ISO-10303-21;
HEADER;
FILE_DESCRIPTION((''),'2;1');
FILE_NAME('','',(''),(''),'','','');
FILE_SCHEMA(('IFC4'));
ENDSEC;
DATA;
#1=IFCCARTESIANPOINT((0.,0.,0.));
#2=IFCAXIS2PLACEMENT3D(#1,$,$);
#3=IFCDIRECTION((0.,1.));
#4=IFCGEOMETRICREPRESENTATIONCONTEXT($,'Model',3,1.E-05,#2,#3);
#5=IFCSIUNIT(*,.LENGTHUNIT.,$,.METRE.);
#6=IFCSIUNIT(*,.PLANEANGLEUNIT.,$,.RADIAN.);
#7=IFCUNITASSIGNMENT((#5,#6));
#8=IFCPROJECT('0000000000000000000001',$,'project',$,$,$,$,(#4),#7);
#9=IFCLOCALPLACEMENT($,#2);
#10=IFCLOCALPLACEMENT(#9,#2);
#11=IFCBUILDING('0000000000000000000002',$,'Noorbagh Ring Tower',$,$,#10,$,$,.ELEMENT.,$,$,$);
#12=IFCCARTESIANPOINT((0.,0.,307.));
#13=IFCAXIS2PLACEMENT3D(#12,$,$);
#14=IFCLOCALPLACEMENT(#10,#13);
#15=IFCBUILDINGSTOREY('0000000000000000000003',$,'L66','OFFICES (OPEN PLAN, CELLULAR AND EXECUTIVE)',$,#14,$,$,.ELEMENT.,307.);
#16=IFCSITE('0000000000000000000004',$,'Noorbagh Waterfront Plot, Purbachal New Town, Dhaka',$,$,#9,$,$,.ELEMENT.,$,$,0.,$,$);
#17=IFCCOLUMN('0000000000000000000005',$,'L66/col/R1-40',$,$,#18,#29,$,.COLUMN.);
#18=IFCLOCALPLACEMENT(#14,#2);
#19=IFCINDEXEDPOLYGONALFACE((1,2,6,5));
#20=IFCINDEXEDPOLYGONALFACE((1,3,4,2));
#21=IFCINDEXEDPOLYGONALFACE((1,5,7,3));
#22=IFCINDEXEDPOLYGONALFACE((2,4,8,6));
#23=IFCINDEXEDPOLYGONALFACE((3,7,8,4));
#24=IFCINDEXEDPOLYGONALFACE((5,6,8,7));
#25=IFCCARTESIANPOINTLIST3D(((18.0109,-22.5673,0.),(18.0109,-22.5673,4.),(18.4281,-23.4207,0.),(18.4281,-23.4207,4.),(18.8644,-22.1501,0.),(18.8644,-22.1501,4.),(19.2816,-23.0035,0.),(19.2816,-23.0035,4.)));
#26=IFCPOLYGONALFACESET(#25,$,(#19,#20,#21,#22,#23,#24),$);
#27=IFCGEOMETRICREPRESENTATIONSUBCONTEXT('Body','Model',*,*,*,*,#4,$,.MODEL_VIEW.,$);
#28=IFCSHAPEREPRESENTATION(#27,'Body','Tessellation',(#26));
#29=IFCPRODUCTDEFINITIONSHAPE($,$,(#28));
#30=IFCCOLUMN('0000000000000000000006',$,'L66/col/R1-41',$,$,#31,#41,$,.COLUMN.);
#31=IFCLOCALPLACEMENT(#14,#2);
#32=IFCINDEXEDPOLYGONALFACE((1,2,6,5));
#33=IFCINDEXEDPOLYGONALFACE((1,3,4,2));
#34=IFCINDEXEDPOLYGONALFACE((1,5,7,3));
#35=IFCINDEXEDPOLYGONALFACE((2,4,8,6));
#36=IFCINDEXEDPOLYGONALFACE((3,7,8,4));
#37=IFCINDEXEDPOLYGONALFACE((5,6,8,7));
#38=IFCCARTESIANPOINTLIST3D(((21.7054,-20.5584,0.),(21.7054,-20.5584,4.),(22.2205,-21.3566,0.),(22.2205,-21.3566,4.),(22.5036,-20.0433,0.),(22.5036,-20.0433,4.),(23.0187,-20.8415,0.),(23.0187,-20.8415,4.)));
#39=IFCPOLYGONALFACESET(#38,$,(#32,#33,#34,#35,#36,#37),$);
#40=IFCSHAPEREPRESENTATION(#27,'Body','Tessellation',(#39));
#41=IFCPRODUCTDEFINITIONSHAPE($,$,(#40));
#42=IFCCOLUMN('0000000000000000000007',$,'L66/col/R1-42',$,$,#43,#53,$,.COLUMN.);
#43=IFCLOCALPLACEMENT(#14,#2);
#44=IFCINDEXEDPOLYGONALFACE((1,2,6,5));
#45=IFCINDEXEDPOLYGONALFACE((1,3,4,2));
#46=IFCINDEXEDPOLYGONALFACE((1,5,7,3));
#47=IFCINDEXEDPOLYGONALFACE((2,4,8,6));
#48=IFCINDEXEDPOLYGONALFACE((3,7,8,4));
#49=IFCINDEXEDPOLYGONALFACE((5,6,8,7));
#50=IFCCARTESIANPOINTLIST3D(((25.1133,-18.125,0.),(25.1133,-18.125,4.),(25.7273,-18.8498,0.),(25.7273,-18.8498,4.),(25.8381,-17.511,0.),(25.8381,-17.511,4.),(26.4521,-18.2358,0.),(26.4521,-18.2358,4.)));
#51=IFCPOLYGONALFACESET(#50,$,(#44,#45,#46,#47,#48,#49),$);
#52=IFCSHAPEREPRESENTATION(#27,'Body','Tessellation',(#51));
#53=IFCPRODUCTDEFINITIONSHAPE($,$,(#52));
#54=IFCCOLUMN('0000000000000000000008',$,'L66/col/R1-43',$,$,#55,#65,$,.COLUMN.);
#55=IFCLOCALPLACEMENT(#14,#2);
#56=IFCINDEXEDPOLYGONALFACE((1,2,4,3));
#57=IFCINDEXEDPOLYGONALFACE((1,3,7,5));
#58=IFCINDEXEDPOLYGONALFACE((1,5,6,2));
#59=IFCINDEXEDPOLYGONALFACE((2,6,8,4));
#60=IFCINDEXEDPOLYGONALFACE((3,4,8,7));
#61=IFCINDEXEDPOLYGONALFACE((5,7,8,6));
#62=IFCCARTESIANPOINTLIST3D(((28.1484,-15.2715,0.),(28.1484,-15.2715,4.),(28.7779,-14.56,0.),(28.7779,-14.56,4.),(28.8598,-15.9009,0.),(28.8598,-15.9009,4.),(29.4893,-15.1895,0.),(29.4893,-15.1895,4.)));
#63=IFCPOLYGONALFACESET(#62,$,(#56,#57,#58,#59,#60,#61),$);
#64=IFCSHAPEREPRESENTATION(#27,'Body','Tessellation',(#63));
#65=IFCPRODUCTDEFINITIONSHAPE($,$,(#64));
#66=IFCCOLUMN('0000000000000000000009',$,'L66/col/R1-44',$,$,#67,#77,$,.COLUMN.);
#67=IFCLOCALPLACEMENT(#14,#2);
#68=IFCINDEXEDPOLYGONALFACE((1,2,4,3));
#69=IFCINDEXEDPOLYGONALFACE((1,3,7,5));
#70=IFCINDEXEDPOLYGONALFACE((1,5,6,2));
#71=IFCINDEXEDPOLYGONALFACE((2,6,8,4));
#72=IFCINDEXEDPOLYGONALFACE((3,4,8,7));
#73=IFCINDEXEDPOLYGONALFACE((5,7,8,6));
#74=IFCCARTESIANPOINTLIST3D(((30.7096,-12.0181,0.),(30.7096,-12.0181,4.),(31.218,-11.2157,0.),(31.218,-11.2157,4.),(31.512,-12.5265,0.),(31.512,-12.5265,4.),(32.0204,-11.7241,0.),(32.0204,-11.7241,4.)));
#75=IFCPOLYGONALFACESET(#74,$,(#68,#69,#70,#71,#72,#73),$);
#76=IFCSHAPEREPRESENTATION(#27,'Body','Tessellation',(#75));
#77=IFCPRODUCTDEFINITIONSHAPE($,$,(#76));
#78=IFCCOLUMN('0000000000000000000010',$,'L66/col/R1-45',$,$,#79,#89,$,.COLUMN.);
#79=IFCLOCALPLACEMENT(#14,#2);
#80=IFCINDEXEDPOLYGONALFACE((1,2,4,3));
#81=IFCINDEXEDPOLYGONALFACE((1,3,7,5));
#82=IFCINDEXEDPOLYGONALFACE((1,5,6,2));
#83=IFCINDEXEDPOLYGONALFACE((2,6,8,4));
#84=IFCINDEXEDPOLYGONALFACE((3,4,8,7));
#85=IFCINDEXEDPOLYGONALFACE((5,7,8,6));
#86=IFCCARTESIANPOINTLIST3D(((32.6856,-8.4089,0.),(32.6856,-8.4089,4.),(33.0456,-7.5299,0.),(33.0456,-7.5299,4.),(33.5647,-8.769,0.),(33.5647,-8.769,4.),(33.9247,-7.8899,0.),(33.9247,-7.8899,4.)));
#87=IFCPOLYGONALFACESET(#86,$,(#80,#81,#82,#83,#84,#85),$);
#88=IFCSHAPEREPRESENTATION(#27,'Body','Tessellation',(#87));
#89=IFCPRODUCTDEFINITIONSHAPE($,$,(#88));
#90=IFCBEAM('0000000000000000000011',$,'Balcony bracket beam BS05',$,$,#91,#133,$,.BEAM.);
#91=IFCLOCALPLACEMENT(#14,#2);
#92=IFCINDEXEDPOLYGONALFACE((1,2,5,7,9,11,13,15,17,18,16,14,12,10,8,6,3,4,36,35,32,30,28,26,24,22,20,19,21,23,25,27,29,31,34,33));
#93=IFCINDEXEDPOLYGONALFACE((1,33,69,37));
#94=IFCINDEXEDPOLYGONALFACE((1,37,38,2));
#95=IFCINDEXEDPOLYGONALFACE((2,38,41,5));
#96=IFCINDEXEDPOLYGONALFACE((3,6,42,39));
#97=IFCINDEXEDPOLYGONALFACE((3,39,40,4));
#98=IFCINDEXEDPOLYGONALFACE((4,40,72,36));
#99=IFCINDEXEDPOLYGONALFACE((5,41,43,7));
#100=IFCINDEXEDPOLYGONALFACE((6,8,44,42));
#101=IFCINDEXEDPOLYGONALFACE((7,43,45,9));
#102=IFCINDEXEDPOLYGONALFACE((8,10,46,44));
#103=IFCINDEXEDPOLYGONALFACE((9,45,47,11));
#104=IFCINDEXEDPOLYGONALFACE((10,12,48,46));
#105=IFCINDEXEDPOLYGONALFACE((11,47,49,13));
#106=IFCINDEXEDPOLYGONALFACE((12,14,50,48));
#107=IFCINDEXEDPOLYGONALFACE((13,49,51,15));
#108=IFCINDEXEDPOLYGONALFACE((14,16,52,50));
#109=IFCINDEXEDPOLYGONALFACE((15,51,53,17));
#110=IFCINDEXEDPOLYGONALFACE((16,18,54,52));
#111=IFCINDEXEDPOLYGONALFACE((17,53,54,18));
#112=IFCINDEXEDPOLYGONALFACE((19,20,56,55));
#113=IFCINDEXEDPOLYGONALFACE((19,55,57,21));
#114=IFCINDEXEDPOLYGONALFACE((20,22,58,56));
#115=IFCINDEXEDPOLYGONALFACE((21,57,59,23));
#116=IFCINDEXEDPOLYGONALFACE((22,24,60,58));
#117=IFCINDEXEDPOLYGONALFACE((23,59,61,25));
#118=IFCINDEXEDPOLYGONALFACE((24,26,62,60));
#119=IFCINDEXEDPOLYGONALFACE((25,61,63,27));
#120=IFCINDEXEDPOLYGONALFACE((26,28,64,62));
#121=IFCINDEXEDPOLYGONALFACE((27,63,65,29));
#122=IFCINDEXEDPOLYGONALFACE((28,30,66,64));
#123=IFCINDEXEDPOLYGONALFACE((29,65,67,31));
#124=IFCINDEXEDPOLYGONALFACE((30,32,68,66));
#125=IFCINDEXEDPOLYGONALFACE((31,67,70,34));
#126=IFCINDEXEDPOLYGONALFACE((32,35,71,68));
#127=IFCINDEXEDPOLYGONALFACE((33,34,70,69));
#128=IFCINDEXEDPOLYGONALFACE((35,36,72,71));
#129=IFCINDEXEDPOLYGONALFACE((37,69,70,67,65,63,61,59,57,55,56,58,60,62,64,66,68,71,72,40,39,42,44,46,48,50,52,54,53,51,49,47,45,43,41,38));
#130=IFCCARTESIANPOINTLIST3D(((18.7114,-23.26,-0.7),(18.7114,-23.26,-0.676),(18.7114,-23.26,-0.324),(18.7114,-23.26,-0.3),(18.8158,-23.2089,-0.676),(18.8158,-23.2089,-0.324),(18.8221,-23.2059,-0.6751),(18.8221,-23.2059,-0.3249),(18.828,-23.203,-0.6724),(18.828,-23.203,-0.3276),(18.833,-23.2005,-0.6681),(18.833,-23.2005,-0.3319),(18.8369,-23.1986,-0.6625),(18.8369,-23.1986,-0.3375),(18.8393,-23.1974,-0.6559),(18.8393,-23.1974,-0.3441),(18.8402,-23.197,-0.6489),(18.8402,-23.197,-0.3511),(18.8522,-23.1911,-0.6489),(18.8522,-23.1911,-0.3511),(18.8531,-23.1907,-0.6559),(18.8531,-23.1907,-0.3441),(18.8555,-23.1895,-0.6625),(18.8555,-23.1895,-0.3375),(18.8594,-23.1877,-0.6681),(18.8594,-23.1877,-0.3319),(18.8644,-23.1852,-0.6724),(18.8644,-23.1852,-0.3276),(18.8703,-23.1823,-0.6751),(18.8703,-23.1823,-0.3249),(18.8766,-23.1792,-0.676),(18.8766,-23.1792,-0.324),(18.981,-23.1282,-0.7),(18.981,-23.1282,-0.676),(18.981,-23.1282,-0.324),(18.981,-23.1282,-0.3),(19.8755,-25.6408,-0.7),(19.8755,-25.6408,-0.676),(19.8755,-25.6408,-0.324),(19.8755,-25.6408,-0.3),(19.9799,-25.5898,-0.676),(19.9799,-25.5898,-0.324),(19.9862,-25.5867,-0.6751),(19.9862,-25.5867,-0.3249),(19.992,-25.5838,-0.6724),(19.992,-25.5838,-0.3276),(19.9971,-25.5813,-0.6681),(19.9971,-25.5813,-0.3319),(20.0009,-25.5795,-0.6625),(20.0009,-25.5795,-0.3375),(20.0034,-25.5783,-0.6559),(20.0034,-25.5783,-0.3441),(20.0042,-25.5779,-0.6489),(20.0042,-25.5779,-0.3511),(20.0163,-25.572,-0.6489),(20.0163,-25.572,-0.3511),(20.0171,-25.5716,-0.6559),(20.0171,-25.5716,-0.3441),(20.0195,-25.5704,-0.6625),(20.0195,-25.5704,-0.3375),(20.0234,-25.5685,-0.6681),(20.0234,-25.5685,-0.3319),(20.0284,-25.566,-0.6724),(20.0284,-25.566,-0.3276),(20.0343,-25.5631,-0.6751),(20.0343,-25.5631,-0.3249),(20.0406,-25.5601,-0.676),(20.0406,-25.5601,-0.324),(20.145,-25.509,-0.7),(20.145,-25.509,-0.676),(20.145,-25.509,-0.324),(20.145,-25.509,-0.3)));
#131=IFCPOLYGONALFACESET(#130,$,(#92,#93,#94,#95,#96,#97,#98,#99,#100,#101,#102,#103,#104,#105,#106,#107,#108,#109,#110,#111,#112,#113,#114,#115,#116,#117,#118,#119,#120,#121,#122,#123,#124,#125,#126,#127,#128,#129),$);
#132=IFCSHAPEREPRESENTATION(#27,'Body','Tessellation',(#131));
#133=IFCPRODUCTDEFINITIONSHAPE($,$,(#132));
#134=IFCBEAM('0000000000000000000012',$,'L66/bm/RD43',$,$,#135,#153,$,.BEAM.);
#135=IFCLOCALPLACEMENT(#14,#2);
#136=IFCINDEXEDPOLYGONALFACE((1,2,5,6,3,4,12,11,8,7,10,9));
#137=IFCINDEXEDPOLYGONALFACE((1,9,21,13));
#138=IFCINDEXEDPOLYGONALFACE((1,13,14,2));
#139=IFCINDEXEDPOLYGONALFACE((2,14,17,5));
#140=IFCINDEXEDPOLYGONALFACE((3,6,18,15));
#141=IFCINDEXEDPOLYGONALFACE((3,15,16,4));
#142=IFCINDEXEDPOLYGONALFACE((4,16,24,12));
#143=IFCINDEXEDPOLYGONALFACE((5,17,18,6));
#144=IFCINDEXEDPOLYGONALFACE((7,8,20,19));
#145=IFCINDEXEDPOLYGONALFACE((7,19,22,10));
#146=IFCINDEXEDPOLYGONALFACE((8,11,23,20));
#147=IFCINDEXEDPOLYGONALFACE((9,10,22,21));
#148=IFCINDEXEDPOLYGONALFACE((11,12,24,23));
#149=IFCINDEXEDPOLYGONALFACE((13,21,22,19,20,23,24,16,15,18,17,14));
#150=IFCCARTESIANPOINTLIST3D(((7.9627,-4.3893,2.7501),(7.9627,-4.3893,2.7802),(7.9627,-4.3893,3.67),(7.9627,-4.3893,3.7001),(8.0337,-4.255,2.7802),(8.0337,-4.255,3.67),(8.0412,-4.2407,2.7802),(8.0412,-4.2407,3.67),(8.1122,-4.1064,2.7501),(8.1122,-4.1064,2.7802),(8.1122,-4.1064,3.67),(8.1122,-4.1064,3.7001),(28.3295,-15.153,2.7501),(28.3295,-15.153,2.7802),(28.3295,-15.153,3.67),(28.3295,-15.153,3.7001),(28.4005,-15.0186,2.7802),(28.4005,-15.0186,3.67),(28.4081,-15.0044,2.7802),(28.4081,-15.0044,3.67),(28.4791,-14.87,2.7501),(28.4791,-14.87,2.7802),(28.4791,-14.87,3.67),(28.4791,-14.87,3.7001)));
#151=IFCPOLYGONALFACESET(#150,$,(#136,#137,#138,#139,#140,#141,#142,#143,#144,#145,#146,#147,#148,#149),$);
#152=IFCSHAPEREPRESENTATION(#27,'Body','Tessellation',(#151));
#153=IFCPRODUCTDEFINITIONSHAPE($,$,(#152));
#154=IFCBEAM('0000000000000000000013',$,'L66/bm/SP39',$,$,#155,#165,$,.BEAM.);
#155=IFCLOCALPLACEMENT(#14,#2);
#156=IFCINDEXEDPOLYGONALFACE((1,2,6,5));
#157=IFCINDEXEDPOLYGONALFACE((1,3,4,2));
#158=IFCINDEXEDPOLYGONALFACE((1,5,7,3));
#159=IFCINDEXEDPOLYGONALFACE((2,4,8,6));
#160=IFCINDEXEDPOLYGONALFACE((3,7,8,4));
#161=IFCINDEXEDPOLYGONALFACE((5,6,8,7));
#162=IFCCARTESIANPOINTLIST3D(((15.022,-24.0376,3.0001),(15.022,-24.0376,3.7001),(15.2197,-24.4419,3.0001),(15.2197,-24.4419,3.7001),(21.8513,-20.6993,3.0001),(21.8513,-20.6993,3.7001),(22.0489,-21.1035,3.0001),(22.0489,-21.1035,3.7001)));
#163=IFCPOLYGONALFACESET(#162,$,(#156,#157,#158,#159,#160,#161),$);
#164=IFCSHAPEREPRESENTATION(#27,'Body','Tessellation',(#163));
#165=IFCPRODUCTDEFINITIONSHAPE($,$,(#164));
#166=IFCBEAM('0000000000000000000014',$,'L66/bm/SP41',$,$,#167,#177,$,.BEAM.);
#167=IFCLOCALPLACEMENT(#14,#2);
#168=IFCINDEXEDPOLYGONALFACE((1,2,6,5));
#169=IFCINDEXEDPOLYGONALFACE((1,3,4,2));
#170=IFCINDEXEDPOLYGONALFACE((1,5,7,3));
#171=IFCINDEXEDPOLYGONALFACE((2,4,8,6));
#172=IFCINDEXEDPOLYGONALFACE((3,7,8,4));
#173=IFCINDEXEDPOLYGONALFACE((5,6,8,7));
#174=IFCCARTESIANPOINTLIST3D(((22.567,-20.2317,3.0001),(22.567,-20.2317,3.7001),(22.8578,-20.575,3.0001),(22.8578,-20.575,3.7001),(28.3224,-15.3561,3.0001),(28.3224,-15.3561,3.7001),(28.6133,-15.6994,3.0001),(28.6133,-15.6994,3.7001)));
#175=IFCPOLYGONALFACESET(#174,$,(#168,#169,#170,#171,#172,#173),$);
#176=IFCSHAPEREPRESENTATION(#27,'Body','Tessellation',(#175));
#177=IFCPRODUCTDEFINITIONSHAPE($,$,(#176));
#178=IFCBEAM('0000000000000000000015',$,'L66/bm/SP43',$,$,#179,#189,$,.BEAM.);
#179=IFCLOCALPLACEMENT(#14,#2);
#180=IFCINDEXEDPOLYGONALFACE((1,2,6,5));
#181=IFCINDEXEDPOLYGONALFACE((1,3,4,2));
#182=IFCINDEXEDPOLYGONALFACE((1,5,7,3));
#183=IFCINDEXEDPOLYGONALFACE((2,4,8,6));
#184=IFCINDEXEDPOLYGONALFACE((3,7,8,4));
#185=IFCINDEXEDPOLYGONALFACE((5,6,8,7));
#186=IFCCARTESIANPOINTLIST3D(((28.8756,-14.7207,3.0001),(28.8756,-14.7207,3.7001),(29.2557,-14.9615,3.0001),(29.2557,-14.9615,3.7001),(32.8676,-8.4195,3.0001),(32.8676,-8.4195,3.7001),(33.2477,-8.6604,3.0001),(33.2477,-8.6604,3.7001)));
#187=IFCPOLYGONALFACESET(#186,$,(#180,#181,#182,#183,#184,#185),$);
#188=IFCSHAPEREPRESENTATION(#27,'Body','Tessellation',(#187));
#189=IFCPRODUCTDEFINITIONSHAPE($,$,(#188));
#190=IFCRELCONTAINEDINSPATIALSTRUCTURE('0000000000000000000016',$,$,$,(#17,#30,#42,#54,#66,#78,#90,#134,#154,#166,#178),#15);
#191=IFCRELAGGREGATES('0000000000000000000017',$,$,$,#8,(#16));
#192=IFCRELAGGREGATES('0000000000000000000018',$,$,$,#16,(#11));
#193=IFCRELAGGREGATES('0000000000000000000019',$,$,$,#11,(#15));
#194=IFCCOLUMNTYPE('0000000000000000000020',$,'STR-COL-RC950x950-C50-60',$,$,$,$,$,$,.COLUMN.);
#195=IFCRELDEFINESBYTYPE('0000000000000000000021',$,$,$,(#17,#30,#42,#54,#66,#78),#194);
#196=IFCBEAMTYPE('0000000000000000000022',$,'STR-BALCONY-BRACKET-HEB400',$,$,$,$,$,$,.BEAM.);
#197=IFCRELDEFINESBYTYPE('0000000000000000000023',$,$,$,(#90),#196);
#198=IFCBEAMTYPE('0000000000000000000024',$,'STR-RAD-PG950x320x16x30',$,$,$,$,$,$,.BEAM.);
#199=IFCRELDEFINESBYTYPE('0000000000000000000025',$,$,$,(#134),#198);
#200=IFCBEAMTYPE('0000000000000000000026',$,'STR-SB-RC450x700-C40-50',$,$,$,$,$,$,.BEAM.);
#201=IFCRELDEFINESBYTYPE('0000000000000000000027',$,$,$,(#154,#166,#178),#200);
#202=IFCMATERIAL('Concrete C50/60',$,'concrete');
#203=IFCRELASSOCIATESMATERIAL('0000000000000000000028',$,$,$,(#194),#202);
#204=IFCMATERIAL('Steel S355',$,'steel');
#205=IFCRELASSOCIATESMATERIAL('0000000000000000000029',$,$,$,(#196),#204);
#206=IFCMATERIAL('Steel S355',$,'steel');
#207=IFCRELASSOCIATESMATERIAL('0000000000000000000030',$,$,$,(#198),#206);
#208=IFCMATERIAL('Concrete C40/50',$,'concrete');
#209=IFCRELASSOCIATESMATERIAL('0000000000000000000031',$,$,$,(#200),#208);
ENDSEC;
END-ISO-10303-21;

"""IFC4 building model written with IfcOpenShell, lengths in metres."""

from ifc_helpers import new_model, si_unit, direction, frame, origin, origin_2d, place, context, subcontext, project, spatial, rectangle, i_section, extrude, material, material_profile, profile_set, type_object, element, save


model = new_model("IFC4")

# Units and contexts
model_context = context("Model", 3, precision=1e-05, world=origin(), true_north=direction((0.0, 1.0)))
body_context = subcontext(model_context, "Body", "Model", "MODEL_VIEW")
ifc_project = project(units=[si_unit("LENGTHUNIT", "METRE"), si_unit("PLANEANGLEUNIT", "RADIAN")], contexts=[model_context])

# Site, building, storey
site_placement = place(None, origin())
site = spatial("IfcSite", under=ifc_project, at=site_placement, Name="Noorbagh Waterfront Plot, Purbachal New Town, Dhaka", CompositionType="ELEMENT", RefElevation=0.0)
building_placement = place(site_placement, origin())
building = spatial("IfcBuilding", under=site, at=building_placement, Name="Noorbagh Ring Tower", CompositionType="ELEMENT")
storey_placement = place(building_placement, frame((0.0, 0.0, 307.0)))
storey = spatial("IfcBuildingStorey", under=building, at=storey_placement, Name="L66", Description="OFFICES (OPEN PLAN, CELLULAR AND EXECUTIVE)", CompositionType="ELEMENT", Elevation=307.0)

# Columns
ifc_material_1 = material(Name="Concrete C50/60", Category="concrete")
ifc_material_profile_1 = material_profile(ifc_material_1, rectangle(XDim=0.95, YDim=0.95, at=origin_2d()), Name="RC950x950")
ifc_profile_set_1 = profile_set([ifc_material_profile_1], Name="Concrete C50/60")
column_type = type_object("IfcColumnType", Name="STR-COL-RC950x950-C50-60", PredefinedType="COLUMN", material=ifc_profile_set_1)
for number, where, z_axis, x_axis, name in (
    (1, (18.6462, -22.7854, 0.0), (0.0, 0.0, 1.0), (0.898399, 0.43918, 0.0), "L66/col/R1-40"),
    (2, (22.3621, -20.7, 0.0), (0.0, 0.0, 1.0), (0.840248, 0.542203, 0.0), "L66/col/R1-41"),
    (3, (25.7827, -18.1804, 0.0), (0.0, 0.0, 1.0), (0.763035, 0.646357, 0.0), "L66/col/R1-42"),
    (4, (28.8188, -15.2305, 0.0), (0.0, 0.0, 1.0), (0.662636, 0.748942, 0.0), "L66/col/R1-43"),
    (5, (31.365, -11.8711, 0.0), (0.0, 0.0, 1.0), (0.53519, 0.844731, 0.0), "L66/col/R1-44"),
    (6, (33.3052, -8.1494, 0.0), (0.0, 0.0, 1.0), (0.378989, 0.925401, 0.0), "L66/col/R1-45"),
):
    element("IfcColumn", number, at=place(storey_placement, frame(where, z_axis=z_axis, x_axis=x_axis)), inside=storey, type_object=column_type, Name=name, PredefinedType="COLUMN", context=body_context, shape_type="SweptSolid", body=[
        extrude(rectangle(XDim=0.95, YDim=0.95, at=origin_2d()), origin(), (0.0, 0.0, 1.0), 4.0),
    ])

# Beams
ifc_material_2 = material(Name="Steel S355", Category="steel")
ifc_material_profile_2 = material_profile(ifc_material_2, i_section(OverallWidth=0.3, OverallDepth=0.3999, WebThickness=0.0134, FlangeThickness=0.0239, FilletRadius=0.0271, at=origin_2d()), Name="HEB400")
ifc_profile_set_2 = profile_set([ifc_material_profile_2], Name="Steel S355")
beam_type_1 = type_object("IfcBeamType", Name="STR-BALCONY-BRACKET-HEB400", PredefinedType="BEAM", material=ifc_profile_set_2)
beam_1_placement = place(storey_placement, frame((18.8462, -23.1941, -0.5), z_axis=(0.439237, -0.898371, 0.0), x_axis=(0.898371, 0.439237, 0.0)))
element("IfcBeam", 7, at=beam_1_placement, inside=storey, type_object=beam_type_1, Name="Balcony bracket beam BS05", PredefinedType="BEAM", context=body_context, shape_type="SweptSolid", body=[
    extrude(i_section(OverallWidth=0.3, OverallDepth=0.3999, WebThickness=0.0134, FlangeThickness=0.0239, FilletRadius=0.0271, at=origin_2d()), origin(), (0.0, 0.0, 1.0), 2.6501),
])
ifc_material_3 = material(Name="Steel S355", Category="steel")
ifc_material_profile_3 = material_profile(ifc_material_3, i_section(OverallWidth=0.3201, OverallDepth=0.95, WebThickness=0.0161, FlangeThickness=0.03, at=origin_2d()), Name="PG950x320x16x30")
ifc_profile_set_3 = profile_set([ifc_material_profile_3], Name="Steel S355")
beam_type_2 = type_object("IfcBeamType", Name="STR-RAD-PG950x320x16x30", PredefinedType="BEAM", material=ifc_profile_set_3)
beam_2_placement = place(storey_placement, frame((28.4043, -15.0115, 3.2251), z_axis=(-0.884126, 0.467249, 0.0), x_axis=(-0.467249, -0.884126, 0.0)))
element("IfcBeam", 8, at=beam_2_placement, inside=storey, type_object=beam_type_2, Name="L66/bm/RD43", PredefinedType="BEAM", context=body_context, shape_type="SweptSolid", body=[
    extrude(i_section(OverallWidth=0.3201, OverallDepth=0.95, WebThickness=0.0161, FlangeThickness=0.03, at=origin_2d()), origin(), (0.0, 0.0, 1.0), 23.0361),
])
ifc_material_4 = material(Name="Concrete C40/50", Category="concrete")
ifc_material_profile_4 = material_profile(ifc_material_4, rectangle(XDim=0.45, YDim=0.7, at=origin_2d()), Name="RC450x700")
ifc_profile_set_4 = profile_set([ifc_material_profile_4], Name="Concrete C40/50")
beam_type_3 = type_object("IfcBeamType", Name="STR-SB-RC450x700-C40-50", PredefinedType="BEAM", material=ifc_profile_set_4)
beam_3_placement = place(storey_placement, frame((15.1208, -24.2397, 3.3501), z_axis=(0.898406, 0.439166, 0.0), x_axis=(-0.439166, 0.898406, 0.0)))
element("IfcBeam", 9, at=beam_3_placement, inside=storey, type_object=beam_type_3, Name="L66/bm/SP39", PredefinedType="BEAM", context=body_context, shape_type="SweptSolid", body=[
    extrude(rectangle(XDim=0.45, YDim=0.7, at=origin_2d()), origin(), (0.0, 0.0, 1.0), 7.6016),
])
beam_4_placement = place(storey_placement, frame((22.7124, -20.4033, 3.3501), z_axis=(0.763023, 0.646372, 0.0), x_axis=(-0.646372, 0.763023, 0.0)))
element("IfcBeam", 10, at=beam_4_placement, inside=storey, type_object=beam_type_3, Name="L66/bm/SP41", PredefinedType="BEAM", context=body_context, shape_type="SweptSolid", body=[
    extrude(rectangle(XDim=0.45, YDim=0.7, at=origin_2d()), origin(), (0.0, 0.0, 1.0), 7.543),
])
beam_5_placement = place(storey_placement, frame((29.0657, -14.8411, 3.3501), z_axis=(0.535176, 0.844741, 0.0), x_axis=(-0.844741, 0.535176, 0.0)))
element("IfcBeam", 11, at=beam_5_placement, inside=storey, type_object=beam_type_3, Name="L66/bm/SP43", PredefinedType="BEAM", context=body_context, shape_type="SweptSolid", body=[
    extrude(rectangle(XDim=0.45, YDim=0.7, at=origin_2d()), origin(), (0.0, 0.0, 1.0), 7.4592),
])

save(model, "model.ifc")
